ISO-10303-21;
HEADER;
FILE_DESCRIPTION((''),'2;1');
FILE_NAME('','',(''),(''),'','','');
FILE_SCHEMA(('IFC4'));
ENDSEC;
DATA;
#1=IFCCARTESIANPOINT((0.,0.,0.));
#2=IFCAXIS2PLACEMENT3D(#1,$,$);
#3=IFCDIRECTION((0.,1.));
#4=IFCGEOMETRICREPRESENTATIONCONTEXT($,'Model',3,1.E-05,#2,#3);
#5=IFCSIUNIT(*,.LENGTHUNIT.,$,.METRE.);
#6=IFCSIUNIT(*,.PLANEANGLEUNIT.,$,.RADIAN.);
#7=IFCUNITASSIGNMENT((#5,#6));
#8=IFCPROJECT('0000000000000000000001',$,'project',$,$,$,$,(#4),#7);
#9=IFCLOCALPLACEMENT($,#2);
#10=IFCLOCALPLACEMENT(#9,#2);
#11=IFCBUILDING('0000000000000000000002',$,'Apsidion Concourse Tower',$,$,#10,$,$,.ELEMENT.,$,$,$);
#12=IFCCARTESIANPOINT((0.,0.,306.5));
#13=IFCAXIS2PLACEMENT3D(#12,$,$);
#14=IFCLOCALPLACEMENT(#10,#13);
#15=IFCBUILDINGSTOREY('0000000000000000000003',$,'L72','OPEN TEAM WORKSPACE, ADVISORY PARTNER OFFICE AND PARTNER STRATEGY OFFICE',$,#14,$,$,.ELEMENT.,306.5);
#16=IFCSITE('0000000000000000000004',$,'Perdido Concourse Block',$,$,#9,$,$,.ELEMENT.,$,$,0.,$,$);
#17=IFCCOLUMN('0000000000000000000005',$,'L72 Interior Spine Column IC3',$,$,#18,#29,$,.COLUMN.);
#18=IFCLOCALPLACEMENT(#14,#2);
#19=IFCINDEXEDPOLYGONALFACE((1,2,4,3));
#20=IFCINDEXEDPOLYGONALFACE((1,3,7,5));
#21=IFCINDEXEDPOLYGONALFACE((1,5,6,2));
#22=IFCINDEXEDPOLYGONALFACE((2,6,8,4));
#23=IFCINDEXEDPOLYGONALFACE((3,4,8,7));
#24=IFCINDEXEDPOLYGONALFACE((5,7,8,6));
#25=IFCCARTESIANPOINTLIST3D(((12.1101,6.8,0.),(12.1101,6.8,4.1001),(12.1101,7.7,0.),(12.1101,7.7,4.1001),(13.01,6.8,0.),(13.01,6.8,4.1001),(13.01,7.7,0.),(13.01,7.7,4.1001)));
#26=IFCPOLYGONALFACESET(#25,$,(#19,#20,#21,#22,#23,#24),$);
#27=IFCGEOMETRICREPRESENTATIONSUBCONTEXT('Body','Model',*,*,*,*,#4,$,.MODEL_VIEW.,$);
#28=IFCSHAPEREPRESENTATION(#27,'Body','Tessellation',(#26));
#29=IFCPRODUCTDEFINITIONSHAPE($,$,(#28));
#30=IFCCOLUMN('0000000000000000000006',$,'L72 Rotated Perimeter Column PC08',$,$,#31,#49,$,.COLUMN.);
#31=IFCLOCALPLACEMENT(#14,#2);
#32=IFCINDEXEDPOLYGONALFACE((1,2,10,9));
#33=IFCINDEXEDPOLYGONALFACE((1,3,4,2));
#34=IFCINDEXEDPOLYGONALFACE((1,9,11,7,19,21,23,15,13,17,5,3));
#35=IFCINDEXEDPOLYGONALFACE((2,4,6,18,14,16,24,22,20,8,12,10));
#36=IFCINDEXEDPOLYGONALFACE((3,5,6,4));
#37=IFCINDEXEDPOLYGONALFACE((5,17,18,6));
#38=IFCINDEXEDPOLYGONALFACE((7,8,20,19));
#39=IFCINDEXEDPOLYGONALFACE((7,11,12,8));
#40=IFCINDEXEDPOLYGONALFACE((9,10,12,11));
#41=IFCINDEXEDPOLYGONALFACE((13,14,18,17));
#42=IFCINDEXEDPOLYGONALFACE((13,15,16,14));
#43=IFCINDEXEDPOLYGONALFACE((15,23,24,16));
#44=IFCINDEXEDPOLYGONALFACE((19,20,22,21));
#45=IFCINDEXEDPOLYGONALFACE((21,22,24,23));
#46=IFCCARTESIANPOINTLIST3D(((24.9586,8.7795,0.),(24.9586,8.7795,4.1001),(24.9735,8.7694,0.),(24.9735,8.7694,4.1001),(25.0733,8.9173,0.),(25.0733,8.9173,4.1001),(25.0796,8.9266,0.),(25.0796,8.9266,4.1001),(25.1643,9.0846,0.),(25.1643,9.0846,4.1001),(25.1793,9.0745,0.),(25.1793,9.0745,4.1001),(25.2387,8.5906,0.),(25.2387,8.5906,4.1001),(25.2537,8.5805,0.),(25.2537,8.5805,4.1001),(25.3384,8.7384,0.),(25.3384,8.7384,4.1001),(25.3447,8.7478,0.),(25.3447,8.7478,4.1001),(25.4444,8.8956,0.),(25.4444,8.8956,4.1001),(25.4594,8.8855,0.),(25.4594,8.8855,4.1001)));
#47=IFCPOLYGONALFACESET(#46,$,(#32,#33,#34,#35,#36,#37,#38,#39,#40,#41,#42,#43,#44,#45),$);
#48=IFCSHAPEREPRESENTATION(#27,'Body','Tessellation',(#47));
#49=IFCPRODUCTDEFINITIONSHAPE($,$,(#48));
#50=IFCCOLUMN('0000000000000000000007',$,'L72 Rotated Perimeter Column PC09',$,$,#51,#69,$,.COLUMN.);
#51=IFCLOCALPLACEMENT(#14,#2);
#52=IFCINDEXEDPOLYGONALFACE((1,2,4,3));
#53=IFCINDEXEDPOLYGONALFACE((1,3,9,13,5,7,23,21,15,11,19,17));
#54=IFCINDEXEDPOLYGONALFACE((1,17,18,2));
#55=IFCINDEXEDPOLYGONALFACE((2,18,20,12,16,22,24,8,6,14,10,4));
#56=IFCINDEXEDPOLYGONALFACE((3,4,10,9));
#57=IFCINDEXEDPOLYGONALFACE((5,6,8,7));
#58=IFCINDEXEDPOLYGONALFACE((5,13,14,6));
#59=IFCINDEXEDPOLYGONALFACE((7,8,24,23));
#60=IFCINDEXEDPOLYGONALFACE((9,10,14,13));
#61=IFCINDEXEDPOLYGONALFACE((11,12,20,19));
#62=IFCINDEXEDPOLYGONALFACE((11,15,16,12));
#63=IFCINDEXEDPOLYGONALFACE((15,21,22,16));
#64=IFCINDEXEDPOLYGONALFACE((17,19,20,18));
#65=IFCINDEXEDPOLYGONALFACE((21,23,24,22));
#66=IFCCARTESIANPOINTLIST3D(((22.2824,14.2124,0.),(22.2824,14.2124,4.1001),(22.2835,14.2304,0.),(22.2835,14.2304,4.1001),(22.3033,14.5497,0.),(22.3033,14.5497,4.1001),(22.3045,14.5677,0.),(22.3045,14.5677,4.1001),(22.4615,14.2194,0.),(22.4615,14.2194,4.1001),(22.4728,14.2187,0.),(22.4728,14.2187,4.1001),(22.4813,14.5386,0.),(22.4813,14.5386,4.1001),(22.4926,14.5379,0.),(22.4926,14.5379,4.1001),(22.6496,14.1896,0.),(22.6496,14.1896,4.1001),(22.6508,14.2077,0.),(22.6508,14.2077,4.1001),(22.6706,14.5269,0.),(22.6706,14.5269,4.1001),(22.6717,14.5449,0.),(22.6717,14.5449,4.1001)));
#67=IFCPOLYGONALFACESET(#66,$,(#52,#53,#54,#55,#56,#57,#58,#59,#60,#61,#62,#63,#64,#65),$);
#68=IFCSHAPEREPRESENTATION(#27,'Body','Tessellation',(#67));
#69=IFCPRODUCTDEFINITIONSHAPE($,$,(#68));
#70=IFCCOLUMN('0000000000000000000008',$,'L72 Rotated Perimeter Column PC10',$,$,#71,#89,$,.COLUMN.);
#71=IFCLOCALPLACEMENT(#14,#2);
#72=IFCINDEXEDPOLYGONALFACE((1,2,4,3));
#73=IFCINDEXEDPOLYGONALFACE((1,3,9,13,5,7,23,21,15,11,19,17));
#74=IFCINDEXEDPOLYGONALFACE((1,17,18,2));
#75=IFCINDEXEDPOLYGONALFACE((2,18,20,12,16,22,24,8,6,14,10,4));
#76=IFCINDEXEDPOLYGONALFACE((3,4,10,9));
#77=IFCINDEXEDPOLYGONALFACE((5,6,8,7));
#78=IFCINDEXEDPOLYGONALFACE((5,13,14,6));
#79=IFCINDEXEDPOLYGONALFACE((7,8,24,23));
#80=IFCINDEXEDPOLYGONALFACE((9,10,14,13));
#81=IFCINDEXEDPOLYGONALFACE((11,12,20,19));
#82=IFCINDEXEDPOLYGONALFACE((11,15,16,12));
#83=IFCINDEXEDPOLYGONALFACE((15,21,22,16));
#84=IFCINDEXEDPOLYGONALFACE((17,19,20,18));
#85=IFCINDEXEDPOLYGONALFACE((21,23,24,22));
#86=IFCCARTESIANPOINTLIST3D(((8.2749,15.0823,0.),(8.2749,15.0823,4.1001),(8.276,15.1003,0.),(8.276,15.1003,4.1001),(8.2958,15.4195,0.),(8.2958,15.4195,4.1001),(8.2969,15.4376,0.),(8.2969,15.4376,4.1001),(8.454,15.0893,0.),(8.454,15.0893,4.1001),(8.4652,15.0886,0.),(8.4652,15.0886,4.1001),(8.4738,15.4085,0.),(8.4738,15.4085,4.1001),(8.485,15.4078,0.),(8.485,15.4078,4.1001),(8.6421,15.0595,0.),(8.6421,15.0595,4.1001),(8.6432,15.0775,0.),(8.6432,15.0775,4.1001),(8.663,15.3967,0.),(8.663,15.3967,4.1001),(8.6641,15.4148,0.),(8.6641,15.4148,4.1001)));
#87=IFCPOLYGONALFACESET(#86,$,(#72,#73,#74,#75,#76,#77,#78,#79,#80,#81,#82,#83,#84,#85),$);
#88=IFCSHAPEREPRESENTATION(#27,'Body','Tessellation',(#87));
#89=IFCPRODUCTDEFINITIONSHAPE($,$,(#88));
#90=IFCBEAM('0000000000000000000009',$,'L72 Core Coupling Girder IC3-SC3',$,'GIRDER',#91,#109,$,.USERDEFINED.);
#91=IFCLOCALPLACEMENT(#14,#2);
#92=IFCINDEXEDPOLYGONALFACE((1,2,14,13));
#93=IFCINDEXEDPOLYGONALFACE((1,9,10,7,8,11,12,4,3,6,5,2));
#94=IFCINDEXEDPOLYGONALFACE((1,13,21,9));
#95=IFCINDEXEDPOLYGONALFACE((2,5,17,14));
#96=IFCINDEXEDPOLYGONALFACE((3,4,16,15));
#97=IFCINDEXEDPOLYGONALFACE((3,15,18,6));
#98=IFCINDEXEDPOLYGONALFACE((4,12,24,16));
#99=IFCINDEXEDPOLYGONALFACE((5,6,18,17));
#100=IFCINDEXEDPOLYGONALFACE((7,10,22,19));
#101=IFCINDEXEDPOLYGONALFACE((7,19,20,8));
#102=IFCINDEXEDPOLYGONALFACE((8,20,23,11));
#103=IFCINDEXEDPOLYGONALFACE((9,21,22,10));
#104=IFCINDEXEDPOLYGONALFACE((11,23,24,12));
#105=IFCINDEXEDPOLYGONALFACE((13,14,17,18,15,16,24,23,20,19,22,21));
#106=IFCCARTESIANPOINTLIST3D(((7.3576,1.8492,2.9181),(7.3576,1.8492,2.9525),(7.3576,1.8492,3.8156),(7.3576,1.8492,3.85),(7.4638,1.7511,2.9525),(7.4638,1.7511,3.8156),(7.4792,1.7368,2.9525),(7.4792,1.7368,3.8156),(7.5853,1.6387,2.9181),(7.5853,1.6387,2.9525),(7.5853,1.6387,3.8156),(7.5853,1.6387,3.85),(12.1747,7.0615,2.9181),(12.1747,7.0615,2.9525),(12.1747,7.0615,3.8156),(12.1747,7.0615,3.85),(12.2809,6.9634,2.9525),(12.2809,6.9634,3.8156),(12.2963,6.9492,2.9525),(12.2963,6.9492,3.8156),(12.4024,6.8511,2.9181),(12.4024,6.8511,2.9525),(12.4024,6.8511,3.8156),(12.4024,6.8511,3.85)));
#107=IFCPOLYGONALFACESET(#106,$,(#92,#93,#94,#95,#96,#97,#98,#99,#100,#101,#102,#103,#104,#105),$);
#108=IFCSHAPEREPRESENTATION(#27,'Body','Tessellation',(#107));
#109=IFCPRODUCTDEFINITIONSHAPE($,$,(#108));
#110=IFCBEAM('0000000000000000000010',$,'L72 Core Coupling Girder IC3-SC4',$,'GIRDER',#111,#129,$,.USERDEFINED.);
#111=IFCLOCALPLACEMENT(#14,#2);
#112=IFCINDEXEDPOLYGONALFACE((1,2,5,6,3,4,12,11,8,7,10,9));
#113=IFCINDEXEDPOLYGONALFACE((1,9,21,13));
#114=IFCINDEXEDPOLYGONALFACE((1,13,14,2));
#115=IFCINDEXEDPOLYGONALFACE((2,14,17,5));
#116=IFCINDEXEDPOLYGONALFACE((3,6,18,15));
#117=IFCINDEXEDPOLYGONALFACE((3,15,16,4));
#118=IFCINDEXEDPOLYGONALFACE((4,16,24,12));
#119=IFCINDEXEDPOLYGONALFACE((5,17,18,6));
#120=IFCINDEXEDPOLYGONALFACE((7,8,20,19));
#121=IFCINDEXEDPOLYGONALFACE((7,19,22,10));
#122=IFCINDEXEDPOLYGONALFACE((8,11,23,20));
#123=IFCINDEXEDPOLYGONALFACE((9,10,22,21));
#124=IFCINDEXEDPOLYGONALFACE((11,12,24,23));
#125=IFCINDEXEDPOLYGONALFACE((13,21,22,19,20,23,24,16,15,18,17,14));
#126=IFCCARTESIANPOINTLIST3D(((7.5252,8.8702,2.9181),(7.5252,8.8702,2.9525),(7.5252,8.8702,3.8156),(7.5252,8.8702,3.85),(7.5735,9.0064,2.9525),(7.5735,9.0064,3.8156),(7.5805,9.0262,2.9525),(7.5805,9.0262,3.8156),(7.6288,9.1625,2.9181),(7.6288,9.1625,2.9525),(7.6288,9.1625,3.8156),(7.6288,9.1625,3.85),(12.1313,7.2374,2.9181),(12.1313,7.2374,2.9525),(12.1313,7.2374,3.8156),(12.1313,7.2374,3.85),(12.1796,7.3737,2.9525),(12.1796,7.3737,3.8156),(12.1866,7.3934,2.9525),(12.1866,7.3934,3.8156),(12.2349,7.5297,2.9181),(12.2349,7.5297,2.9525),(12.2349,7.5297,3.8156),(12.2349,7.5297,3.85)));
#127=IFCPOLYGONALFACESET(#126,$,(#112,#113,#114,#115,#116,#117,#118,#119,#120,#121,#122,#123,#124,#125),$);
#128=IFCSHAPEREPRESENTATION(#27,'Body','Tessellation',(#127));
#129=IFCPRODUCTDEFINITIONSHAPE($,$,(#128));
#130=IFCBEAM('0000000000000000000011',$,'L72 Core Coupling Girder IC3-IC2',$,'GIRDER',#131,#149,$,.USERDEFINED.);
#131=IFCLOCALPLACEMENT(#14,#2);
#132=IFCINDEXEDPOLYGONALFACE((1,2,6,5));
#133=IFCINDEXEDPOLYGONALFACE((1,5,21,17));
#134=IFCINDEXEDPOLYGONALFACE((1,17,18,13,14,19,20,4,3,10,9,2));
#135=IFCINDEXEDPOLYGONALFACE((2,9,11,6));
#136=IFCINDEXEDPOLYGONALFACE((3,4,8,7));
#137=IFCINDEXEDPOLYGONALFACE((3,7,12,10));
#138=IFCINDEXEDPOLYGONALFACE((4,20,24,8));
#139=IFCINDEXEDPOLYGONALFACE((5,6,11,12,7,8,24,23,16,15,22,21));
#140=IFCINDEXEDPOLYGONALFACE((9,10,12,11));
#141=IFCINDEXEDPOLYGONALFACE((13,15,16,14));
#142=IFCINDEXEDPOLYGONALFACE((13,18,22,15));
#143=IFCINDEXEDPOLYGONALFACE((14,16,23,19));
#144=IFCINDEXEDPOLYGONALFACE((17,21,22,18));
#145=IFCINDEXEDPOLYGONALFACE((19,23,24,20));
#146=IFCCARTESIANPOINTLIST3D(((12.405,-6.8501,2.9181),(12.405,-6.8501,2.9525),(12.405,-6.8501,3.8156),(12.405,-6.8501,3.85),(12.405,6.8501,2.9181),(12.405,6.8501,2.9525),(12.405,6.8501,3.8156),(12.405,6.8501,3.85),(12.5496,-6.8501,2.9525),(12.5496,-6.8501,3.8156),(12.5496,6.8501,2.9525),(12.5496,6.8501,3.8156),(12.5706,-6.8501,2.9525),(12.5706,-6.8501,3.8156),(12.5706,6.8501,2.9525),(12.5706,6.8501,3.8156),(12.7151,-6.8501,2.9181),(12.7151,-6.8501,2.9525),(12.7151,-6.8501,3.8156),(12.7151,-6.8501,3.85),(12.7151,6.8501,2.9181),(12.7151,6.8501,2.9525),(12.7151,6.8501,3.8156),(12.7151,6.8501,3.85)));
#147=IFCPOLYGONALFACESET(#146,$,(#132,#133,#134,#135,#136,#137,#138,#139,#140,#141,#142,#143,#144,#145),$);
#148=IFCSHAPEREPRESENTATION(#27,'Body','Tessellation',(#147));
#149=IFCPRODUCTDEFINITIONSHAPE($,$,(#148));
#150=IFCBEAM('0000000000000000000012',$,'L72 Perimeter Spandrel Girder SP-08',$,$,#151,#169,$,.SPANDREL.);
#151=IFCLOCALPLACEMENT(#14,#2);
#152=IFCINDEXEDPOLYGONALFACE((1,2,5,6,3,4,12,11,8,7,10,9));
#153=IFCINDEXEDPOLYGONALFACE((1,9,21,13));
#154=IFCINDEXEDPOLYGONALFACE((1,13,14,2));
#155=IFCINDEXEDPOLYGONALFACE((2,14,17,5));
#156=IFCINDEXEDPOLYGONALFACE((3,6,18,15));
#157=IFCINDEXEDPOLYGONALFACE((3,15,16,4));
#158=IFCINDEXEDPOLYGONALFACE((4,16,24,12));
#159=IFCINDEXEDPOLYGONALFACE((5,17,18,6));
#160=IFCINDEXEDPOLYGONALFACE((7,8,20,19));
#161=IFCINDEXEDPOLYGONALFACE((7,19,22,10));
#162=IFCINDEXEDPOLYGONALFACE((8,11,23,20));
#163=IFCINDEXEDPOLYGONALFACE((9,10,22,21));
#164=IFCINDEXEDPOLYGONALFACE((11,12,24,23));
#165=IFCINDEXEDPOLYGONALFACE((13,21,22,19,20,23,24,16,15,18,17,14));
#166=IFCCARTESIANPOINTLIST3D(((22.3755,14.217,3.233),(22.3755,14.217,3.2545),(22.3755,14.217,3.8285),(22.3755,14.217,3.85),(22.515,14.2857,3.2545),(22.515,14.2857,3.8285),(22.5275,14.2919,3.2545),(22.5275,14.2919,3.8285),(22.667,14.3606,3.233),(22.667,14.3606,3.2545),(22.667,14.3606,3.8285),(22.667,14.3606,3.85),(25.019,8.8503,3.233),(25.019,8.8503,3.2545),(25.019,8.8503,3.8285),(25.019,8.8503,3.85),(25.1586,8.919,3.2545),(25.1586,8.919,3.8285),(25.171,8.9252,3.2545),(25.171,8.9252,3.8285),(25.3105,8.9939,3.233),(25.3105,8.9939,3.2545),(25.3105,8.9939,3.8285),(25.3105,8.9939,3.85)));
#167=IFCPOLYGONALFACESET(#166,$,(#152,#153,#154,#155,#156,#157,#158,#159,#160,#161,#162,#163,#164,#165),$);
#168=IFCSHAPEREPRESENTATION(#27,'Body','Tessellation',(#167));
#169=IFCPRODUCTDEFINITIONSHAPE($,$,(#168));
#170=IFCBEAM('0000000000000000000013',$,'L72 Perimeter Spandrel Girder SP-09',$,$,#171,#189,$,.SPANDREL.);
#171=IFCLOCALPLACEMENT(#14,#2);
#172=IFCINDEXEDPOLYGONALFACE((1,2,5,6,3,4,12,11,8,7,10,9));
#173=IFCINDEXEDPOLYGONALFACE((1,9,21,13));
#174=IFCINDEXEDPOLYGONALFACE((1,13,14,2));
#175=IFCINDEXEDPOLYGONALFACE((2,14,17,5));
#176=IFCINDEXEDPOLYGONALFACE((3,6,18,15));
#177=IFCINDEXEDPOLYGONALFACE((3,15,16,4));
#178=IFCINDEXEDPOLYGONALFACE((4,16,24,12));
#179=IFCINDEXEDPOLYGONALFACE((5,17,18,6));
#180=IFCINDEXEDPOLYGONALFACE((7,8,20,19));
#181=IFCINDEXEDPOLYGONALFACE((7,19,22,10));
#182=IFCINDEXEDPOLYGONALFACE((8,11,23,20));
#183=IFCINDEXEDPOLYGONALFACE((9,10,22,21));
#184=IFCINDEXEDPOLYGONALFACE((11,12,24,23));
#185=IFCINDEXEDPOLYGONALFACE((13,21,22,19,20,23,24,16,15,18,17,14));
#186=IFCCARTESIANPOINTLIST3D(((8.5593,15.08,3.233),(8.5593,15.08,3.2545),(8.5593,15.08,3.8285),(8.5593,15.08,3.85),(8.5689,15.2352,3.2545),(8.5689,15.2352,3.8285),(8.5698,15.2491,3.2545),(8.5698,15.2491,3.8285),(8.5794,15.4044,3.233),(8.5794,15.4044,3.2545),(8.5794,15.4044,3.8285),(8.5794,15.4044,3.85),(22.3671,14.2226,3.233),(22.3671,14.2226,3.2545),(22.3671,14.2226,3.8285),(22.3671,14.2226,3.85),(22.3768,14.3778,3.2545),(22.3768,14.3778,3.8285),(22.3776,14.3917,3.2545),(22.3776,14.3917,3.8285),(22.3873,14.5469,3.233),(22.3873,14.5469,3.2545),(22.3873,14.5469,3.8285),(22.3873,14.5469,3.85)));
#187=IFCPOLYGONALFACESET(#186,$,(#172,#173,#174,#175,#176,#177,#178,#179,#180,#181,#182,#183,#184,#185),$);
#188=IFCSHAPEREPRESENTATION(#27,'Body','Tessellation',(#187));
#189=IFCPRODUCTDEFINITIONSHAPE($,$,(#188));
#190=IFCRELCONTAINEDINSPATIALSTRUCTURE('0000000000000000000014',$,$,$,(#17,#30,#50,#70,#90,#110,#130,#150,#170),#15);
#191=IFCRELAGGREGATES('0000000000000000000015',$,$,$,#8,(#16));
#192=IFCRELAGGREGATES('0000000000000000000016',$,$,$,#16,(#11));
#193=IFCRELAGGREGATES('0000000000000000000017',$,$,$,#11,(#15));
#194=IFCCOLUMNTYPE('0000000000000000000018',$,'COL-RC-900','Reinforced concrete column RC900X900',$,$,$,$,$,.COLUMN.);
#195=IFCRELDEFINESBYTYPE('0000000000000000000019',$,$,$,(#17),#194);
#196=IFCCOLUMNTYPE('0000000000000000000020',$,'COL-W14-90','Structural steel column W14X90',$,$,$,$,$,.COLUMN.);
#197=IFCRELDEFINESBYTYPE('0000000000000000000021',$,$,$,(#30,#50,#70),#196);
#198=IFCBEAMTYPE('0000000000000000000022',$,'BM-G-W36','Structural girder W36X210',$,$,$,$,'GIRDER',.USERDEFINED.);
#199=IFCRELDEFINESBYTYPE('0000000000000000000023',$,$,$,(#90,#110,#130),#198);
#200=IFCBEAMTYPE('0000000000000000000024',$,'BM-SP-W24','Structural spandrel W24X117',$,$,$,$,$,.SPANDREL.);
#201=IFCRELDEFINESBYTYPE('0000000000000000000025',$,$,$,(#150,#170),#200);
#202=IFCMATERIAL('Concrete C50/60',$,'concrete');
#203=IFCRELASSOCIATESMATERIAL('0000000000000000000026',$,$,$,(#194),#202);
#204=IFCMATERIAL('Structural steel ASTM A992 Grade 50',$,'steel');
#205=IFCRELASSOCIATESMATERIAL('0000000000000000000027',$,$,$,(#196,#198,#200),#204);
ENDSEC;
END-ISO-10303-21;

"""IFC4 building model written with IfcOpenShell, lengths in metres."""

from ifc_helpers import new_model, si_unit, direction, frame, origin, origin_2d, place, context, subcontext, project, spatial, rectangle, i_section, extrude, material, material_profile, profile_set, type_object, element, save


model = new_model("IFC4")

# Units and contexts
model_context = context("Model", 3, precision=1e-05, world=origin(), true_north=direction((0.0, 1.0)))
body_context = subcontext(model_context, "Body", "Model", "MODEL_VIEW")
ifc_project = project(units=[si_unit("LENGTHUNIT", "METRE"), si_unit("PLANEANGLEUNIT", "RADIAN")], contexts=[model_context])

# Site, building, storey
site_placement = place(None, origin())
site = spatial("IfcSite", under=ifc_project, at=site_placement, Name="Perdido Concourse Block", CompositionType="ELEMENT", RefElevation=0.0)
building_placement = place(site_placement, origin())
building = spatial("IfcBuilding", under=site, at=building_placement, Name="Apsidion Concourse Tower", CompositionType="ELEMENT")
storey_placement = place(building_placement, frame((0.0, 0.0, 306.5)))
storey = spatial("IfcBuildingStorey", under=building, at=storey_placement, Name="L72", Description="OPEN TEAM WORKSPACE, ADVISORY PARTNER OFFICE AND PARTNER STRATEGY OFFICE", CompositionType="ELEMENT", Elevation=306.5)

# Columns
ifc_material_1 = material(Name="Concrete C50/60", Category="concrete")
ifc_material_profile_1 = material_profile(ifc_material_1, rectangle(XDim=0.8999, YDim=0.8999, at=origin_2d()), Name="RC 900x900")
ifc_profile_set_1 = profile_set([ifc_material_profile_1], Name="Concrete C50/60")
column_type_1 = type_object("IfcColumnType", Name="COL-RC-900", Description="Reinforced concrete column RC900X900", PredefinedType="COLUMN", material=ifc_profile_set_1)
column_placement = place(storey_placement, frame((12.5601, 7.25, 0.0), z_axis=(0.0, 0.0, 1.0), x_axis=(1.0, 0.0, 0.0)))
element("IfcColumn", 1, at=column_placement, inside=storey, type_object=column_type_1, Name="L72 Interior Spine Column IC3", PredefinedType="COLUMN", context=body_context, shape_type="SweptSolid", body=[
    extrude(rectangle(XDim=0.8999, YDim=0.8999, at=origin_2d()), origin(), (0.0, 0.0, 1.0), 4.1001),
])
ifc_material_2 = material(Name="Structural steel ASTM A992 Grade 50", Category="steel")
ifc_material_profile_2 = material_profile(ifc_material_2, i_section(OverallWidth=0.3679, OverallDepth=0.356, WebThickness=0.0112, FlangeThickness=0.0181, at=origin_2d()), Name="W14X90")
ifc_profile_set_2 = profile_set([ifc_material_profile_2], Name="Structural steel ASTM A992 Grade 50")
column_type_2 = type_object("IfcColumnType", Name="COL-W14-90", Description="Structural steel column W14X90", PredefinedType="COLUMN", material=ifc_profile_set_2)
for number, where, z_axis, x_axis, name in (
    (2, (25.209, 8.8325, 0.0), (0.0, 0.0, 1.0), (0.559193, 0.829038, 0.0), "L72 Rotated Perimeter Column PC08"),
    (3, (22.4771, 14.3787, 0.0), (0.0, 0.0, 1.0), (-0.998081, 0.06192, 0.0), "L72 Rotated Perimeter Column PC09"),
    (4, (8.4695, 15.2485, 0.0), (0.0, 0.0, 1.0), (-0.998081, 0.06192, 0.0), "L72 Rotated Perimeter Column PC10"),
):
    element("IfcColumn", number, at=place(storey_placement, frame(where, z_axis=z_axis, x_axis=x_axis)), inside=storey, type_object=column_type_2, Name=name, PredefinedType="COLUMN", context=body_context, shape_type="SweptSolid", body=[
        extrude(i_section(OverallWidth=0.3679, OverallDepth=0.356, WebThickness=0.0112, FlangeThickness=0.0181, at=origin_2d()), origin(), (0.0, 0.0, 1.0), 4.1001),
    ])

# Beams
ifc_material_profile_3 = material_profile(ifc_material_2, i_section(OverallWidth=0.3101, OverallDepth=0.9319, WebThickness=0.021, FlangeThickness=0.0344, at=origin_2d()), Name="W36X210")
ifc_profile_set_3 = profile_set([ifc_material_profile_3], Name="Structural steel ASTM A992 Grade 50")
beam_type_1 = type_object("IfcBeamType", Name="BM-G-W36", Description="Structural girder W36X210", ElementType="GIRDER", PredefinedType="USERDEFINED", material=ifc_profile_set_3)
beam_1_placement = place(storey_placement, frame((12.2886, 6.9563, 3.384), z_axis=(-0.678713, -0.734404, 0.0), x_axis=(0.734404, -0.678713, 0.0)))
element("IfcBeam", 5, at=beam_1_placement, inside=storey, type_object=beam_type_1, Name="L72 Core Coupling Girder IC3-SC3", ObjectType="GIRDER", PredefinedType="USERDEFINED", context=body_context, shape_type="SweptSolid", body=[
    extrude(i_section(OverallWidth=0.3101, OverallDepth=0.9319, WebThickness=0.021, FlangeThickness=0.0344, at=origin_2d()), origin(), (0.0, 0.0, 1.0), 7.0974),
])
beam_2_placement = place(storey_placement, frame((12.1831, 7.3835, 3.384), z_axis=(-0.942534, 0.334111, 0.0), x_axis=(-0.334111, -0.942534, 0.0)))
element("IfcBeam", 6, at=beam_2_placement, inside=storey, type_object=beam_type_1, Name="L72 Core Coupling Girder IC3-SC4", ObjectType="GIRDER", PredefinedType="USERDEFINED", context=body_context, shape_type="SweptSolid", body=[
    extrude(i_section(OverallWidth=0.3101, OverallDepth=0.9319, WebThickness=0.021, FlangeThickness=0.0344, at=origin_2d()), origin(), (0.0, 0.0, 1.0), 4.887),
])
beam_3_placement = place(storey_placement, frame((12.5601, 6.8501, 3.384), z_axis=(0.0, -1.0, 0.0), x_axis=(1.0, 0.0, 0.0)))
element("IfcBeam", 7, at=beam_3_placement, inside=storey, type_object=beam_type_1, Name="L72 Core Coupling Girder IC3-IC2", ObjectType="GIRDER", PredefinedType="USERDEFINED", context=body_context, shape_type="SweptSolid", body=[
    extrude(i_section(OverallWidth=0.3101, OverallDepth=0.9319, WebThickness=0.021, FlangeThickness=0.0344, at=origin_2d()), origin(), (0.0, 0.0, 1.0), 13.7002),
])
ifc_material_profile_4 = material_profile(ifc_material_2, i_section(OverallWidth=0.325, OverallDepth=0.6169, WebThickness=0.0139, FlangeThickness=0.0215, at=origin_2d()), Name="W24X117")
ifc_profile_set_4 = profile_set([ifc_material_profile_4], Name="Structural steel ASTM A992 Grade 50")
beam_type_2 = type_object("IfcBeamType", Name="BM-SP-W24", Description="Structural spandrel W24X117", PredefinedType="SPANDREL", material=ifc_profile_set_4)
beam_4_placement = place(storey_placement, frame((25.1648, 8.9221, 3.5415), z_axis=(-0.441884, 0.897072, 0.0), x_axis=(-0.897072, -0.441884, 0.0)))
element("IfcBeam", 8, at=beam_4_placement, inside=storey, type_object=beam_type_2, Name="L72 Perimeter Spandrel Girder SP-08", PredefinedType="SPANDREL", context=body_context, shape_type="SweptSolid", body=[
    extrude(i_section(OverallWidth=0.325, OverallDepth=0.6169, WebThickness=0.0139, FlangeThickness=0.0215, at=origin_2d()), origin(), (0.0, 0.0, 1.0), 5.9824),
])
beam_5_placement = place(storey_placement, frame((22.3772, 14.3848, 3.5415), z_axis=(-0.998078, 0.061977, 0.0), x_axis=(-0.061977, -0.998078, 0.0)))
element("IfcBeam", 9, at=beam_5_placement, inside=storey, type_object=beam_type_2, Name="L72 Perimeter Spandrel Girder SP-09", PredefinedType="SPANDREL", context=body_context, shape_type="SweptSolid", body=[
    extrude(i_section(OverallWidth=0.325, OverallDepth=0.6169, WebThickness=0.0139, FlangeThickness=0.0215, at=origin_2d()), origin(), (0.0, 0.0, 1.0), 13.8345),
])

save(model, "model.ifc")
